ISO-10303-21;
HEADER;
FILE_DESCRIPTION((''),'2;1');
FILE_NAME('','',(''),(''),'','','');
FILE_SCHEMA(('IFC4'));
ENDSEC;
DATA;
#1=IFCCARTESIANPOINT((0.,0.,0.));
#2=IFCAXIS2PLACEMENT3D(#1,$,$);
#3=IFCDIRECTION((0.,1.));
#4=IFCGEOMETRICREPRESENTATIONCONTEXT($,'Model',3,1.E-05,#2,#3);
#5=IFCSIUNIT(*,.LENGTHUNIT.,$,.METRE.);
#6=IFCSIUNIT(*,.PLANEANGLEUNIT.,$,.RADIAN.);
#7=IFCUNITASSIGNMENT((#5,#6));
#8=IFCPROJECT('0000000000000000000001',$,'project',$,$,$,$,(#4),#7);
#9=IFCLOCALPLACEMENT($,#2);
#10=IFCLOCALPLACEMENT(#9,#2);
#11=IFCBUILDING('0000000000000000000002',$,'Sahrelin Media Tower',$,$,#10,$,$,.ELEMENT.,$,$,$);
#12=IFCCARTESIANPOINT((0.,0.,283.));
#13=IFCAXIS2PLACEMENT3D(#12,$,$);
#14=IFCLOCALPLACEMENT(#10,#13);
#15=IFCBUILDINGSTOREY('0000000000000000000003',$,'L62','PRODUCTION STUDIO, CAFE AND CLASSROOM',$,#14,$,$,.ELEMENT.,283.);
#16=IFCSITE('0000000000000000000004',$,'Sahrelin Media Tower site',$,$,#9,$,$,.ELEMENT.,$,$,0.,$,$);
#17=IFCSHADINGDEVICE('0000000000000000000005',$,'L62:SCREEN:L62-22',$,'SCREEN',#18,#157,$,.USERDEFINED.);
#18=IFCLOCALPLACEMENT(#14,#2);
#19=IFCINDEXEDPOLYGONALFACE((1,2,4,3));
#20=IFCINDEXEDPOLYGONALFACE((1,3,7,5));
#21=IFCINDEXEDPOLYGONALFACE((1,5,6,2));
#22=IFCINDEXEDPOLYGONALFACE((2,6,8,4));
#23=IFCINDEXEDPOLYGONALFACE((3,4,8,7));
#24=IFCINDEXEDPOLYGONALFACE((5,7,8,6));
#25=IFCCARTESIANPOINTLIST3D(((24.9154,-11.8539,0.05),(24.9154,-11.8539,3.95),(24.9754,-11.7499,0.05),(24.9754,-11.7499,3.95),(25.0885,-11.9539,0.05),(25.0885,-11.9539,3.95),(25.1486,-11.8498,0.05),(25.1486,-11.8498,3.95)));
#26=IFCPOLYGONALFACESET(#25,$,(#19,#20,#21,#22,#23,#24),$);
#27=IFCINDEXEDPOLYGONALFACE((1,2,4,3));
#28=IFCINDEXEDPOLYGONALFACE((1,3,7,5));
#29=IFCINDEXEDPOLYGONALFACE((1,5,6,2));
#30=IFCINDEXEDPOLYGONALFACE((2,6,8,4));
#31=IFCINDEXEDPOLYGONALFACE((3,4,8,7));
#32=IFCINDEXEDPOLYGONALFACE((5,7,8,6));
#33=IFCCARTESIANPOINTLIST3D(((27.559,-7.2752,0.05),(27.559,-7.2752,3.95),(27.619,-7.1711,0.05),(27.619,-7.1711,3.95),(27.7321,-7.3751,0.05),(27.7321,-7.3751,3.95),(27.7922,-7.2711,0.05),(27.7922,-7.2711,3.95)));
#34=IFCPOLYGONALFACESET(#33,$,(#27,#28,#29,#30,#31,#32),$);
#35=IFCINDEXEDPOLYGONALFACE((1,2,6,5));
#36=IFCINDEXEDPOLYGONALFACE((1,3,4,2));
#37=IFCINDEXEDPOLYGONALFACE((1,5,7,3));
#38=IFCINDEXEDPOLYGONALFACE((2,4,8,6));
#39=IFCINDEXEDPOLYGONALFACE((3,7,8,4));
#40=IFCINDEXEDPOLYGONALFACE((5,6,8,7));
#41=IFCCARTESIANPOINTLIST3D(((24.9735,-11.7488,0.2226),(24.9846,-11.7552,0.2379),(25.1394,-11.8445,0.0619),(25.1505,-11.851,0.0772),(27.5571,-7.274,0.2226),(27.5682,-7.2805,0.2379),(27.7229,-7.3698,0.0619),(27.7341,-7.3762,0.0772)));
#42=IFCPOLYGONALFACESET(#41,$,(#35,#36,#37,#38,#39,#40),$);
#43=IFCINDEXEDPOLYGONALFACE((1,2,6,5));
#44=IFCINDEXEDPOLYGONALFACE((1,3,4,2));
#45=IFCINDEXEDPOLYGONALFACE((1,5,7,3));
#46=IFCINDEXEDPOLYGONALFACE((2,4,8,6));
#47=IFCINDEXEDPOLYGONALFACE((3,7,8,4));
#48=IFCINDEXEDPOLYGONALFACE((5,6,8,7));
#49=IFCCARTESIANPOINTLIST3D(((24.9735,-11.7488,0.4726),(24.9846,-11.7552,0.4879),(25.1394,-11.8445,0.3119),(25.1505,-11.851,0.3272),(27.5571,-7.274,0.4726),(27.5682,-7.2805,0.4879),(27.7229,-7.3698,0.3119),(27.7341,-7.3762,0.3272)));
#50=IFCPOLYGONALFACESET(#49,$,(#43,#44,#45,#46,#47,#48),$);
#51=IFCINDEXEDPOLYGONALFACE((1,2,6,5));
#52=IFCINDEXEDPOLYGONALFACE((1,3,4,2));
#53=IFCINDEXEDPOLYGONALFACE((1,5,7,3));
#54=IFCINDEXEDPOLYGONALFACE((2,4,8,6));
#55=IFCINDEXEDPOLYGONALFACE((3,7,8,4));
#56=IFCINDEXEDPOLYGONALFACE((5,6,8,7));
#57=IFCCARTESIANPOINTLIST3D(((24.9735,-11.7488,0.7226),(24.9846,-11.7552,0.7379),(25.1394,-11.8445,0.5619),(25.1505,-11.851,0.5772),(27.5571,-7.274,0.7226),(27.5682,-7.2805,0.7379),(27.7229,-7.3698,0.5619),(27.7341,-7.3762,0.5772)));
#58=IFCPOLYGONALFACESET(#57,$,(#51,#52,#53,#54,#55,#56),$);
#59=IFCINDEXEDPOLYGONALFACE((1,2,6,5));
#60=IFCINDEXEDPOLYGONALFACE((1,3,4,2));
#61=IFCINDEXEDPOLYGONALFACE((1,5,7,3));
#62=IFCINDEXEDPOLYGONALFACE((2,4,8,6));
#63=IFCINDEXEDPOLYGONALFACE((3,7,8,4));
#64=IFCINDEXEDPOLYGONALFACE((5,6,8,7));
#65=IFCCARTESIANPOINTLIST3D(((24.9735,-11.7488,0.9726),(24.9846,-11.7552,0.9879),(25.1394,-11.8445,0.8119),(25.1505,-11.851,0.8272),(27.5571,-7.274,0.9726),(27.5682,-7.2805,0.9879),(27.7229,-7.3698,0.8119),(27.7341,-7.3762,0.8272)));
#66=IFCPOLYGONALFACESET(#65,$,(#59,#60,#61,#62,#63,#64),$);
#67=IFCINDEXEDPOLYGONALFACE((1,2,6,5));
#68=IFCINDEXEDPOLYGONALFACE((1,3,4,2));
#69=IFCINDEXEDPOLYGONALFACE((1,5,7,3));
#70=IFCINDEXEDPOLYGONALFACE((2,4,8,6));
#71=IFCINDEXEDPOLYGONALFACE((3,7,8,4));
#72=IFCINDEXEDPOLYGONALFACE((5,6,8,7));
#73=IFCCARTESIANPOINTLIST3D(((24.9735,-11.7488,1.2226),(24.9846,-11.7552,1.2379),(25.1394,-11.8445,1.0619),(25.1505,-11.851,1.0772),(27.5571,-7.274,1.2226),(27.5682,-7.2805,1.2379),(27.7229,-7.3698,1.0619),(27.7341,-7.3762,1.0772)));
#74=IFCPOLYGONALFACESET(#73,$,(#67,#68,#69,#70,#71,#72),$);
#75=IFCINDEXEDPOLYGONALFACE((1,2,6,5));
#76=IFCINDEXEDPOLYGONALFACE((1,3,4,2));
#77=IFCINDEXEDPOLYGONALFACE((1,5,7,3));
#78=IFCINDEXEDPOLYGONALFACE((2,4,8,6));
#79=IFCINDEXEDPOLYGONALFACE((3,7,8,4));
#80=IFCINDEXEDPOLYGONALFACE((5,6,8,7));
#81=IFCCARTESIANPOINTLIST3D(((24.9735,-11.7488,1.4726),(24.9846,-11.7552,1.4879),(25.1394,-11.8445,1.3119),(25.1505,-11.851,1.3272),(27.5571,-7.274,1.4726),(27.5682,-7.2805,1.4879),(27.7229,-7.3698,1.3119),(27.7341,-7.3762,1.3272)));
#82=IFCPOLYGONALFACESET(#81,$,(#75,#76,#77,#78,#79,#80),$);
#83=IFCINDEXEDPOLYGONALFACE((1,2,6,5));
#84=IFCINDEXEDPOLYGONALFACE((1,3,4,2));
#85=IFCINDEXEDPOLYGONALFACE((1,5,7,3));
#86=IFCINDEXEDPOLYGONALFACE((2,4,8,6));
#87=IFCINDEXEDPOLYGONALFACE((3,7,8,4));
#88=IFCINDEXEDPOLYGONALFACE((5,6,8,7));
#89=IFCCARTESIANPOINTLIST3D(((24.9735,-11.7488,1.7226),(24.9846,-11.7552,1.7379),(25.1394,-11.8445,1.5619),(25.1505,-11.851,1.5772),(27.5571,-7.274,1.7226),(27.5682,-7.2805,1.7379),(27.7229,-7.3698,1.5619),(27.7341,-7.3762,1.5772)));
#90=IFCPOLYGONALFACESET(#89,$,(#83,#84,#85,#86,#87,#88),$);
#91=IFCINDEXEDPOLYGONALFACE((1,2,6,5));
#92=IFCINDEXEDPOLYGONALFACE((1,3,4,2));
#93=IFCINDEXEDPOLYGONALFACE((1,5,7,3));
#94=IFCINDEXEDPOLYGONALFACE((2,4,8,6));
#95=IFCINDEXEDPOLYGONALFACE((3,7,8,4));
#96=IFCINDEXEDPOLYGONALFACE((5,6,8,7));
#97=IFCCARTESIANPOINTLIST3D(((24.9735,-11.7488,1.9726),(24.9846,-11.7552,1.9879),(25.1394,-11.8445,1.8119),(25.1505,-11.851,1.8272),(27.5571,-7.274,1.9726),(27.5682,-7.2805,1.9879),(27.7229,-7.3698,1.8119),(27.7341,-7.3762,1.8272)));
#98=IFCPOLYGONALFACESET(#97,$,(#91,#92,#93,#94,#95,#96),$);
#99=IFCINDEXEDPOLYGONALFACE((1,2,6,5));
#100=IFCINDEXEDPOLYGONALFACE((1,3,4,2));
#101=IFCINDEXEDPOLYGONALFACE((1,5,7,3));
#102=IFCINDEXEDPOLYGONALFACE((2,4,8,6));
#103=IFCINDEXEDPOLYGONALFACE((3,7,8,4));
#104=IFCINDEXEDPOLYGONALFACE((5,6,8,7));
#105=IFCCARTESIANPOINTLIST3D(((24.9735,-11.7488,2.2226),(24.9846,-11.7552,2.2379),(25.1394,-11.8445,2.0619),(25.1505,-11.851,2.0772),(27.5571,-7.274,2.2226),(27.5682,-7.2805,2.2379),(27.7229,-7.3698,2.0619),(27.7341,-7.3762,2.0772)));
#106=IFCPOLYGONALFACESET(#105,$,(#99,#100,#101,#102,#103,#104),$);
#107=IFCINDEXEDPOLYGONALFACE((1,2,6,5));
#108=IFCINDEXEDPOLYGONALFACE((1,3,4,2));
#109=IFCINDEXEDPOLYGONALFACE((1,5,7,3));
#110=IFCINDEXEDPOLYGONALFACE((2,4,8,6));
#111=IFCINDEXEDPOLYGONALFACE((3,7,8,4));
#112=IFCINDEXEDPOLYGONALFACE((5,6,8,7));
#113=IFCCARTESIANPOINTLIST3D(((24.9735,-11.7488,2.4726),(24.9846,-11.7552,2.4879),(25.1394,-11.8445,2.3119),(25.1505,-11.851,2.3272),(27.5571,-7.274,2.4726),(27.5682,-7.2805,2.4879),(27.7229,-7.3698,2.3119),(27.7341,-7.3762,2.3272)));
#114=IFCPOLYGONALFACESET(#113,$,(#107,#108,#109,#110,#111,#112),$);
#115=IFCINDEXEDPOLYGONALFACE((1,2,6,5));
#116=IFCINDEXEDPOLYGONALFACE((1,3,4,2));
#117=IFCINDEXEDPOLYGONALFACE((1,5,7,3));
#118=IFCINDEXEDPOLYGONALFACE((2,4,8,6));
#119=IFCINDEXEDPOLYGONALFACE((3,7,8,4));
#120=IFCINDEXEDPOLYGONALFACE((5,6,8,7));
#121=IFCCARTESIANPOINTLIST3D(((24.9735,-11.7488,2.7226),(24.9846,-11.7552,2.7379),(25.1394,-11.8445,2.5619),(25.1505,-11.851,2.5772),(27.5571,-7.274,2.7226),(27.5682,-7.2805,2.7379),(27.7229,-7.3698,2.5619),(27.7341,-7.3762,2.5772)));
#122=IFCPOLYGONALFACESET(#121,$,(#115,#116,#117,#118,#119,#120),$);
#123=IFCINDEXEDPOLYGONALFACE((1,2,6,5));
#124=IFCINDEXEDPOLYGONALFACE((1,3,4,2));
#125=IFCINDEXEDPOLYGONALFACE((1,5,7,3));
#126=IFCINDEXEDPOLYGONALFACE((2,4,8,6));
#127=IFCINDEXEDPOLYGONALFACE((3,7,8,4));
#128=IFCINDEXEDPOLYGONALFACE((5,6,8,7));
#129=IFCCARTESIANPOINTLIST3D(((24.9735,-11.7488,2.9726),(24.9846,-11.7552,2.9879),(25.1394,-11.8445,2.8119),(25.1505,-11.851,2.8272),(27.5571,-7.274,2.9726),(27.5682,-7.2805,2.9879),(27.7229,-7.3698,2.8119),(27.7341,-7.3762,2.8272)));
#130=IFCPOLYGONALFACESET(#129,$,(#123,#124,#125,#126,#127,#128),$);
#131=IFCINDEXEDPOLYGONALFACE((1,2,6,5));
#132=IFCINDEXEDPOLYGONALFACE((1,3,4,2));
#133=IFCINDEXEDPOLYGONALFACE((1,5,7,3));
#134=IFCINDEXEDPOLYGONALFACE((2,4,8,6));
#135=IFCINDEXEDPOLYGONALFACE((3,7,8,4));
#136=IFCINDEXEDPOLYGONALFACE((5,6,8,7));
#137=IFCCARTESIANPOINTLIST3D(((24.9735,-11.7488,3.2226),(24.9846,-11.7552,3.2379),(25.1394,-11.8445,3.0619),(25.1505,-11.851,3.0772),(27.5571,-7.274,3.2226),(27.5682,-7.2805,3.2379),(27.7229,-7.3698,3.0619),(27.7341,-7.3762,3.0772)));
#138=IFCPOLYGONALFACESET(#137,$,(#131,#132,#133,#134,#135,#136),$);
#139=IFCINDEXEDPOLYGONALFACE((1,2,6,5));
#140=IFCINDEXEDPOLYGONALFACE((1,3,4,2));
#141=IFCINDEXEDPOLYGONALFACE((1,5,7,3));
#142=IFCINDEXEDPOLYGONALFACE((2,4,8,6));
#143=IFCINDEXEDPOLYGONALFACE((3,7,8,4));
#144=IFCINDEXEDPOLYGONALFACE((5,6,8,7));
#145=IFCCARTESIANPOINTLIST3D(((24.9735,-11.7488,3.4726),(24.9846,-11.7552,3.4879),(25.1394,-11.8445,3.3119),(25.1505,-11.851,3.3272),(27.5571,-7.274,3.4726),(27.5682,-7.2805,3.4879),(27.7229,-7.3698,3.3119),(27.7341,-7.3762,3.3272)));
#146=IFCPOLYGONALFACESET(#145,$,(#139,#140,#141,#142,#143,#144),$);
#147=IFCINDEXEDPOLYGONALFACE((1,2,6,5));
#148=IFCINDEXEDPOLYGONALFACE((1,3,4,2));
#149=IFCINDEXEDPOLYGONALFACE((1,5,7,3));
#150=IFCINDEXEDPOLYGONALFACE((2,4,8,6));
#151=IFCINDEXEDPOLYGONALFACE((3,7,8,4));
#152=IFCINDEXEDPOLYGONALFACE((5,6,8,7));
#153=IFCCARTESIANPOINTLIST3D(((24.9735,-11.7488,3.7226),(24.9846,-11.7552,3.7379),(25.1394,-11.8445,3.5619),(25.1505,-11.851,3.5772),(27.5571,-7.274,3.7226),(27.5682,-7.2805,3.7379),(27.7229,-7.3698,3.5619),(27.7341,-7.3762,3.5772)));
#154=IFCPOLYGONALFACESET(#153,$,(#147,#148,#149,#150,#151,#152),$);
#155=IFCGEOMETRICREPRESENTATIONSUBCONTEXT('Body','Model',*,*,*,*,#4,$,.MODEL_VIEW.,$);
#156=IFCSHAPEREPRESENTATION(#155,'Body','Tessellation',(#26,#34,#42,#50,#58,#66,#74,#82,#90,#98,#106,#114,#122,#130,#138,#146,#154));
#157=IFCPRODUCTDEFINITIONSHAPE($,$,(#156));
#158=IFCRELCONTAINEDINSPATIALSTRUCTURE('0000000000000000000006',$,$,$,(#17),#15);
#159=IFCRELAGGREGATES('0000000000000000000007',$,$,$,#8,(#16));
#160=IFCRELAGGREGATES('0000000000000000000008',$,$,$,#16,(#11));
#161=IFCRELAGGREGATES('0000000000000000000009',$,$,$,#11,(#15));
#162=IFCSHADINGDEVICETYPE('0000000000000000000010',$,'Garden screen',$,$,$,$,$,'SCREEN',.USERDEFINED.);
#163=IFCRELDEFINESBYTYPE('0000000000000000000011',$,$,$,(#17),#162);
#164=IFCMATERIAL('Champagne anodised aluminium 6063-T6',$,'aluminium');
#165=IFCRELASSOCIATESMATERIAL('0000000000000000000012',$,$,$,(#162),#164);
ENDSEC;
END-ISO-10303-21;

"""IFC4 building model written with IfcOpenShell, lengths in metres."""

from ifc_helpers import new_model, si_unit, direction, frame, origin, origin_2d, place, context, subcontext, project, spatial, rectangle, extrude, material, type_object, element, save


model = new_model("IFC4")

# Units and contexts
model_context = context("Model", 3, precision=1e-05, world=origin(), true_north=direction((0.0, 1.0)))
body_context = subcontext(model_context, "Body", "Model", "MODEL_VIEW")
ifc_project = project(units=[si_unit("LENGTHUNIT", "METRE"), si_unit("PLANEANGLEUNIT", "RADIAN")], contexts=[model_context])

# Site, building, storey
site_placement = place(None, origin())
site = spatial("IfcSite", under=ifc_project, at=site_placement, Name="Sahrelin Media Tower site", CompositionType="ELEMENT", RefElevation=0.0)
building_placement = place(site_placement, origin())
building = spatial("IfcBuilding", under=site, at=building_placement, Name="Sahrelin Media Tower", CompositionType="ELEMENT")
storey_placement = place(building_placement, frame((0.0, 0.0, 283.0)))
storey = spatial("IfcBuildingStorey", under=building, at=storey_placement, Name="L62", Description="PRODUCTION STUDIO, CAFE AND CLASSROOM", CompositionType="ELEMENT", Elevation=283.0)

# Shading device
ifc_material_1 = material(Name="Champagne anodised aluminium 6063-T6", Category="aluminium")
shading_device_type = type_object("IfcShadingDeviceType", Name="Garden screen", ElementType="SCREEN", PredefinedType="USERDEFINED", material=ifc_material_1)
shading_device_1_placement = place(storey_placement, frame((26.2671, -9.5125, 0.0), z_axis=(0.0, 0.0, 1.0), x_axis=(-0.500011, -0.866019, 0.0)))
element("IfcShadingDevice", 1, at=shading_device_1_placement, inside=storey, type_object=shading_device_type, Name="L62:SCREEN:L62-22", ObjectType="SCREEN", PredefinedType="USERDEFINED", context=body_context, shape_type="SweptSolid", body=[
    extrude(rectangle(XDim=0.1201, YDim=0.2, at=origin_2d()), frame((2.6436, 0.1001, 0.05), z_axis=(0.0, 0.0, 1.0), x_axis=(1.0, 0.0, 0.0)), (0.0, 0.0, 1.0), 3.8999),
    extrude(rectangle(XDim=0.1201, YDim=0.2, at=origin_2d()), frame((-2.6436, 0.1001, 0.05), z_axis=(0.0, 0.0, 1.0), x_axis=(1.0, 0.0, 0.0)), (0.0, 0.0, 1.0), 3.8999),
    extrude(rectangle(XDim=0.25, YDim=0.02, at=origin_2d()), frame((2.5835, 0.1001, 0.1499), z_axis=(-1.0, 0.0, 0.0), x_axis=(0.0, -0.766044, 0.642788)), (0.0, 0.0, 1.0), 5.167),
    extrude(rectangle(XDim=0.25, YDim=0.02, at=origin_2d()), frame((2.5835, 0.1001, 0.3999), z_axis=(-1.0, 0.0, 0.0), x_axis=(0.0, -0.766044, 0.642788)), (0.0, 0.0, 1.0), 5.167),
    extrude(rectangle(XDim=0.25, YDim=0.02, at=origin_2d()), frame((2.5835, 0.1001, 0.6499), z_axis=(-1.0, 0.0, 0.0), x_axis=(0.0, -0.766044, 0.642788)), (0.0, 0.0, 1.0), 5.167),
    extrude(rectangle(XDim=0.25, YDim=0.02, at=origin_2d()), frame((2.5835, 0.1001, 0.8999), z_axis=(-1.0, 0.0, 0.0), x_axis=(0.0, -0.766044, 0.642788)), (0.0, 0.0, 1.0), 5.167),
    extrude(rectangle(XDim=0.25, YDim=0.02, at=origin_2d()), frame((2.5835, 0.1001, 1.1499), z_axis=(-1.0, 0.0, 0.0), x_axis=(0.0, -0.766044, 0.642788)), (0.0, 0.0, 1.0), 5.167),
    extrude(rectangle(XDim=0.25, YDim=0.02, at=origin_2d()), frame((2.5835, 0.1001, 1.3999), z_axis=(-1.0, 0.0, 0.0), x_axis=(0.0, -0.766044, 0.642788)), (0.0, 0.0, 1.0), 5.167),
    extrude(rectangle(XDim=0.25, YDim=0.02, at=origin_2d()), frame((2.5835, 0.1001, 1.6499), z_axis=(-1.0, 0.0, 0.0), x_axis=(0.0, -0.766044, 0.642788)), (0.0, 0.0, 1.0), 5.167),
    extrude(rectangle(XDim=0.25, YDim=0.02, at=origin_2d()), frame((2.5835, 0.1001, 1.8999), z_axis=(-1.0, 0.0, 0.0), x_axis=(0.0, -0.766044, 0.642788)), (0.0, 0.0, 1.0), 5.167),
    extrude(rectangle(XDim=0.25, YDim=0.02, at=origin_2d()), frame((2.5835, 0.1001, 2.1499), z_axis=(-1.0, 0.0, 0.0), x_axis=(0.0, -0.766044, 0.642788)), (0.0, 0.0, 1.0), 5.167),
    extrude(rectangle(XDim=0.25, YDim=0.02, at=origin_2d()), frame((2.5835, 0.1001, 2.3999), z_axis=(-1.0, 0.0, 0.0), x_axis=(0.0, -0.766044, 0.642788)), (0.0, 0.0, 1.0), 5.167),
    extrude(rectangle(XDim=0.25, YDim=0.02, at=origin_2d()), frame((2.5835, 0.1001, 2.6499), z_axis=(-1.0, 0.0, 0.0), x_axis=(0.0, -0.766044, 0.642788)), (0.0, 0.0, 1.0), 5.167),
    extrude(rectangle(XDim=0.25, YDim=0.02, at=origin_2d()), frame((2.5835, 0.1001, 2.8999), z_axis=(-1.0, 0.0, 0.0), x_axis=(0.0, -0.766044, 0.642788)), (0.0, 0.0, 1.0), 5.167),
    extrude(rectangle(XDim=0.25, YDim=0.02, at=origin_2d()), frame((2.5835, 0.1001, 3.1499), z_axis=(-1.0, 0.0, 0.0), x_axis=(0.0, -0.766044, 0.642788)), (0.0, 0.0, 1.0), 5.167),
    extrude(rectangle(XDim=0.25, YDim=0.02, at=origin_2d()), frame((2.5835, 0.1001, 3.3999), z_axis=(-1.0, 0.0, 0.0), x_axis=(0.0, -0.766044, 0.642788)), (0.0, 0.0, 1.0), 5.167),
    extrude(rectangle(XDim=0.25, YDim=0.02, at=origin_2d()), frame((2.5835, 0.1001, 3.6499), z_axis=(-1.0, 0.0, 0.0), x_axis=(0.0, -0.766044, 0.642788)), (0.0, 0.0, 1.0), 5.167),
])

save(model, "model.ifc")
